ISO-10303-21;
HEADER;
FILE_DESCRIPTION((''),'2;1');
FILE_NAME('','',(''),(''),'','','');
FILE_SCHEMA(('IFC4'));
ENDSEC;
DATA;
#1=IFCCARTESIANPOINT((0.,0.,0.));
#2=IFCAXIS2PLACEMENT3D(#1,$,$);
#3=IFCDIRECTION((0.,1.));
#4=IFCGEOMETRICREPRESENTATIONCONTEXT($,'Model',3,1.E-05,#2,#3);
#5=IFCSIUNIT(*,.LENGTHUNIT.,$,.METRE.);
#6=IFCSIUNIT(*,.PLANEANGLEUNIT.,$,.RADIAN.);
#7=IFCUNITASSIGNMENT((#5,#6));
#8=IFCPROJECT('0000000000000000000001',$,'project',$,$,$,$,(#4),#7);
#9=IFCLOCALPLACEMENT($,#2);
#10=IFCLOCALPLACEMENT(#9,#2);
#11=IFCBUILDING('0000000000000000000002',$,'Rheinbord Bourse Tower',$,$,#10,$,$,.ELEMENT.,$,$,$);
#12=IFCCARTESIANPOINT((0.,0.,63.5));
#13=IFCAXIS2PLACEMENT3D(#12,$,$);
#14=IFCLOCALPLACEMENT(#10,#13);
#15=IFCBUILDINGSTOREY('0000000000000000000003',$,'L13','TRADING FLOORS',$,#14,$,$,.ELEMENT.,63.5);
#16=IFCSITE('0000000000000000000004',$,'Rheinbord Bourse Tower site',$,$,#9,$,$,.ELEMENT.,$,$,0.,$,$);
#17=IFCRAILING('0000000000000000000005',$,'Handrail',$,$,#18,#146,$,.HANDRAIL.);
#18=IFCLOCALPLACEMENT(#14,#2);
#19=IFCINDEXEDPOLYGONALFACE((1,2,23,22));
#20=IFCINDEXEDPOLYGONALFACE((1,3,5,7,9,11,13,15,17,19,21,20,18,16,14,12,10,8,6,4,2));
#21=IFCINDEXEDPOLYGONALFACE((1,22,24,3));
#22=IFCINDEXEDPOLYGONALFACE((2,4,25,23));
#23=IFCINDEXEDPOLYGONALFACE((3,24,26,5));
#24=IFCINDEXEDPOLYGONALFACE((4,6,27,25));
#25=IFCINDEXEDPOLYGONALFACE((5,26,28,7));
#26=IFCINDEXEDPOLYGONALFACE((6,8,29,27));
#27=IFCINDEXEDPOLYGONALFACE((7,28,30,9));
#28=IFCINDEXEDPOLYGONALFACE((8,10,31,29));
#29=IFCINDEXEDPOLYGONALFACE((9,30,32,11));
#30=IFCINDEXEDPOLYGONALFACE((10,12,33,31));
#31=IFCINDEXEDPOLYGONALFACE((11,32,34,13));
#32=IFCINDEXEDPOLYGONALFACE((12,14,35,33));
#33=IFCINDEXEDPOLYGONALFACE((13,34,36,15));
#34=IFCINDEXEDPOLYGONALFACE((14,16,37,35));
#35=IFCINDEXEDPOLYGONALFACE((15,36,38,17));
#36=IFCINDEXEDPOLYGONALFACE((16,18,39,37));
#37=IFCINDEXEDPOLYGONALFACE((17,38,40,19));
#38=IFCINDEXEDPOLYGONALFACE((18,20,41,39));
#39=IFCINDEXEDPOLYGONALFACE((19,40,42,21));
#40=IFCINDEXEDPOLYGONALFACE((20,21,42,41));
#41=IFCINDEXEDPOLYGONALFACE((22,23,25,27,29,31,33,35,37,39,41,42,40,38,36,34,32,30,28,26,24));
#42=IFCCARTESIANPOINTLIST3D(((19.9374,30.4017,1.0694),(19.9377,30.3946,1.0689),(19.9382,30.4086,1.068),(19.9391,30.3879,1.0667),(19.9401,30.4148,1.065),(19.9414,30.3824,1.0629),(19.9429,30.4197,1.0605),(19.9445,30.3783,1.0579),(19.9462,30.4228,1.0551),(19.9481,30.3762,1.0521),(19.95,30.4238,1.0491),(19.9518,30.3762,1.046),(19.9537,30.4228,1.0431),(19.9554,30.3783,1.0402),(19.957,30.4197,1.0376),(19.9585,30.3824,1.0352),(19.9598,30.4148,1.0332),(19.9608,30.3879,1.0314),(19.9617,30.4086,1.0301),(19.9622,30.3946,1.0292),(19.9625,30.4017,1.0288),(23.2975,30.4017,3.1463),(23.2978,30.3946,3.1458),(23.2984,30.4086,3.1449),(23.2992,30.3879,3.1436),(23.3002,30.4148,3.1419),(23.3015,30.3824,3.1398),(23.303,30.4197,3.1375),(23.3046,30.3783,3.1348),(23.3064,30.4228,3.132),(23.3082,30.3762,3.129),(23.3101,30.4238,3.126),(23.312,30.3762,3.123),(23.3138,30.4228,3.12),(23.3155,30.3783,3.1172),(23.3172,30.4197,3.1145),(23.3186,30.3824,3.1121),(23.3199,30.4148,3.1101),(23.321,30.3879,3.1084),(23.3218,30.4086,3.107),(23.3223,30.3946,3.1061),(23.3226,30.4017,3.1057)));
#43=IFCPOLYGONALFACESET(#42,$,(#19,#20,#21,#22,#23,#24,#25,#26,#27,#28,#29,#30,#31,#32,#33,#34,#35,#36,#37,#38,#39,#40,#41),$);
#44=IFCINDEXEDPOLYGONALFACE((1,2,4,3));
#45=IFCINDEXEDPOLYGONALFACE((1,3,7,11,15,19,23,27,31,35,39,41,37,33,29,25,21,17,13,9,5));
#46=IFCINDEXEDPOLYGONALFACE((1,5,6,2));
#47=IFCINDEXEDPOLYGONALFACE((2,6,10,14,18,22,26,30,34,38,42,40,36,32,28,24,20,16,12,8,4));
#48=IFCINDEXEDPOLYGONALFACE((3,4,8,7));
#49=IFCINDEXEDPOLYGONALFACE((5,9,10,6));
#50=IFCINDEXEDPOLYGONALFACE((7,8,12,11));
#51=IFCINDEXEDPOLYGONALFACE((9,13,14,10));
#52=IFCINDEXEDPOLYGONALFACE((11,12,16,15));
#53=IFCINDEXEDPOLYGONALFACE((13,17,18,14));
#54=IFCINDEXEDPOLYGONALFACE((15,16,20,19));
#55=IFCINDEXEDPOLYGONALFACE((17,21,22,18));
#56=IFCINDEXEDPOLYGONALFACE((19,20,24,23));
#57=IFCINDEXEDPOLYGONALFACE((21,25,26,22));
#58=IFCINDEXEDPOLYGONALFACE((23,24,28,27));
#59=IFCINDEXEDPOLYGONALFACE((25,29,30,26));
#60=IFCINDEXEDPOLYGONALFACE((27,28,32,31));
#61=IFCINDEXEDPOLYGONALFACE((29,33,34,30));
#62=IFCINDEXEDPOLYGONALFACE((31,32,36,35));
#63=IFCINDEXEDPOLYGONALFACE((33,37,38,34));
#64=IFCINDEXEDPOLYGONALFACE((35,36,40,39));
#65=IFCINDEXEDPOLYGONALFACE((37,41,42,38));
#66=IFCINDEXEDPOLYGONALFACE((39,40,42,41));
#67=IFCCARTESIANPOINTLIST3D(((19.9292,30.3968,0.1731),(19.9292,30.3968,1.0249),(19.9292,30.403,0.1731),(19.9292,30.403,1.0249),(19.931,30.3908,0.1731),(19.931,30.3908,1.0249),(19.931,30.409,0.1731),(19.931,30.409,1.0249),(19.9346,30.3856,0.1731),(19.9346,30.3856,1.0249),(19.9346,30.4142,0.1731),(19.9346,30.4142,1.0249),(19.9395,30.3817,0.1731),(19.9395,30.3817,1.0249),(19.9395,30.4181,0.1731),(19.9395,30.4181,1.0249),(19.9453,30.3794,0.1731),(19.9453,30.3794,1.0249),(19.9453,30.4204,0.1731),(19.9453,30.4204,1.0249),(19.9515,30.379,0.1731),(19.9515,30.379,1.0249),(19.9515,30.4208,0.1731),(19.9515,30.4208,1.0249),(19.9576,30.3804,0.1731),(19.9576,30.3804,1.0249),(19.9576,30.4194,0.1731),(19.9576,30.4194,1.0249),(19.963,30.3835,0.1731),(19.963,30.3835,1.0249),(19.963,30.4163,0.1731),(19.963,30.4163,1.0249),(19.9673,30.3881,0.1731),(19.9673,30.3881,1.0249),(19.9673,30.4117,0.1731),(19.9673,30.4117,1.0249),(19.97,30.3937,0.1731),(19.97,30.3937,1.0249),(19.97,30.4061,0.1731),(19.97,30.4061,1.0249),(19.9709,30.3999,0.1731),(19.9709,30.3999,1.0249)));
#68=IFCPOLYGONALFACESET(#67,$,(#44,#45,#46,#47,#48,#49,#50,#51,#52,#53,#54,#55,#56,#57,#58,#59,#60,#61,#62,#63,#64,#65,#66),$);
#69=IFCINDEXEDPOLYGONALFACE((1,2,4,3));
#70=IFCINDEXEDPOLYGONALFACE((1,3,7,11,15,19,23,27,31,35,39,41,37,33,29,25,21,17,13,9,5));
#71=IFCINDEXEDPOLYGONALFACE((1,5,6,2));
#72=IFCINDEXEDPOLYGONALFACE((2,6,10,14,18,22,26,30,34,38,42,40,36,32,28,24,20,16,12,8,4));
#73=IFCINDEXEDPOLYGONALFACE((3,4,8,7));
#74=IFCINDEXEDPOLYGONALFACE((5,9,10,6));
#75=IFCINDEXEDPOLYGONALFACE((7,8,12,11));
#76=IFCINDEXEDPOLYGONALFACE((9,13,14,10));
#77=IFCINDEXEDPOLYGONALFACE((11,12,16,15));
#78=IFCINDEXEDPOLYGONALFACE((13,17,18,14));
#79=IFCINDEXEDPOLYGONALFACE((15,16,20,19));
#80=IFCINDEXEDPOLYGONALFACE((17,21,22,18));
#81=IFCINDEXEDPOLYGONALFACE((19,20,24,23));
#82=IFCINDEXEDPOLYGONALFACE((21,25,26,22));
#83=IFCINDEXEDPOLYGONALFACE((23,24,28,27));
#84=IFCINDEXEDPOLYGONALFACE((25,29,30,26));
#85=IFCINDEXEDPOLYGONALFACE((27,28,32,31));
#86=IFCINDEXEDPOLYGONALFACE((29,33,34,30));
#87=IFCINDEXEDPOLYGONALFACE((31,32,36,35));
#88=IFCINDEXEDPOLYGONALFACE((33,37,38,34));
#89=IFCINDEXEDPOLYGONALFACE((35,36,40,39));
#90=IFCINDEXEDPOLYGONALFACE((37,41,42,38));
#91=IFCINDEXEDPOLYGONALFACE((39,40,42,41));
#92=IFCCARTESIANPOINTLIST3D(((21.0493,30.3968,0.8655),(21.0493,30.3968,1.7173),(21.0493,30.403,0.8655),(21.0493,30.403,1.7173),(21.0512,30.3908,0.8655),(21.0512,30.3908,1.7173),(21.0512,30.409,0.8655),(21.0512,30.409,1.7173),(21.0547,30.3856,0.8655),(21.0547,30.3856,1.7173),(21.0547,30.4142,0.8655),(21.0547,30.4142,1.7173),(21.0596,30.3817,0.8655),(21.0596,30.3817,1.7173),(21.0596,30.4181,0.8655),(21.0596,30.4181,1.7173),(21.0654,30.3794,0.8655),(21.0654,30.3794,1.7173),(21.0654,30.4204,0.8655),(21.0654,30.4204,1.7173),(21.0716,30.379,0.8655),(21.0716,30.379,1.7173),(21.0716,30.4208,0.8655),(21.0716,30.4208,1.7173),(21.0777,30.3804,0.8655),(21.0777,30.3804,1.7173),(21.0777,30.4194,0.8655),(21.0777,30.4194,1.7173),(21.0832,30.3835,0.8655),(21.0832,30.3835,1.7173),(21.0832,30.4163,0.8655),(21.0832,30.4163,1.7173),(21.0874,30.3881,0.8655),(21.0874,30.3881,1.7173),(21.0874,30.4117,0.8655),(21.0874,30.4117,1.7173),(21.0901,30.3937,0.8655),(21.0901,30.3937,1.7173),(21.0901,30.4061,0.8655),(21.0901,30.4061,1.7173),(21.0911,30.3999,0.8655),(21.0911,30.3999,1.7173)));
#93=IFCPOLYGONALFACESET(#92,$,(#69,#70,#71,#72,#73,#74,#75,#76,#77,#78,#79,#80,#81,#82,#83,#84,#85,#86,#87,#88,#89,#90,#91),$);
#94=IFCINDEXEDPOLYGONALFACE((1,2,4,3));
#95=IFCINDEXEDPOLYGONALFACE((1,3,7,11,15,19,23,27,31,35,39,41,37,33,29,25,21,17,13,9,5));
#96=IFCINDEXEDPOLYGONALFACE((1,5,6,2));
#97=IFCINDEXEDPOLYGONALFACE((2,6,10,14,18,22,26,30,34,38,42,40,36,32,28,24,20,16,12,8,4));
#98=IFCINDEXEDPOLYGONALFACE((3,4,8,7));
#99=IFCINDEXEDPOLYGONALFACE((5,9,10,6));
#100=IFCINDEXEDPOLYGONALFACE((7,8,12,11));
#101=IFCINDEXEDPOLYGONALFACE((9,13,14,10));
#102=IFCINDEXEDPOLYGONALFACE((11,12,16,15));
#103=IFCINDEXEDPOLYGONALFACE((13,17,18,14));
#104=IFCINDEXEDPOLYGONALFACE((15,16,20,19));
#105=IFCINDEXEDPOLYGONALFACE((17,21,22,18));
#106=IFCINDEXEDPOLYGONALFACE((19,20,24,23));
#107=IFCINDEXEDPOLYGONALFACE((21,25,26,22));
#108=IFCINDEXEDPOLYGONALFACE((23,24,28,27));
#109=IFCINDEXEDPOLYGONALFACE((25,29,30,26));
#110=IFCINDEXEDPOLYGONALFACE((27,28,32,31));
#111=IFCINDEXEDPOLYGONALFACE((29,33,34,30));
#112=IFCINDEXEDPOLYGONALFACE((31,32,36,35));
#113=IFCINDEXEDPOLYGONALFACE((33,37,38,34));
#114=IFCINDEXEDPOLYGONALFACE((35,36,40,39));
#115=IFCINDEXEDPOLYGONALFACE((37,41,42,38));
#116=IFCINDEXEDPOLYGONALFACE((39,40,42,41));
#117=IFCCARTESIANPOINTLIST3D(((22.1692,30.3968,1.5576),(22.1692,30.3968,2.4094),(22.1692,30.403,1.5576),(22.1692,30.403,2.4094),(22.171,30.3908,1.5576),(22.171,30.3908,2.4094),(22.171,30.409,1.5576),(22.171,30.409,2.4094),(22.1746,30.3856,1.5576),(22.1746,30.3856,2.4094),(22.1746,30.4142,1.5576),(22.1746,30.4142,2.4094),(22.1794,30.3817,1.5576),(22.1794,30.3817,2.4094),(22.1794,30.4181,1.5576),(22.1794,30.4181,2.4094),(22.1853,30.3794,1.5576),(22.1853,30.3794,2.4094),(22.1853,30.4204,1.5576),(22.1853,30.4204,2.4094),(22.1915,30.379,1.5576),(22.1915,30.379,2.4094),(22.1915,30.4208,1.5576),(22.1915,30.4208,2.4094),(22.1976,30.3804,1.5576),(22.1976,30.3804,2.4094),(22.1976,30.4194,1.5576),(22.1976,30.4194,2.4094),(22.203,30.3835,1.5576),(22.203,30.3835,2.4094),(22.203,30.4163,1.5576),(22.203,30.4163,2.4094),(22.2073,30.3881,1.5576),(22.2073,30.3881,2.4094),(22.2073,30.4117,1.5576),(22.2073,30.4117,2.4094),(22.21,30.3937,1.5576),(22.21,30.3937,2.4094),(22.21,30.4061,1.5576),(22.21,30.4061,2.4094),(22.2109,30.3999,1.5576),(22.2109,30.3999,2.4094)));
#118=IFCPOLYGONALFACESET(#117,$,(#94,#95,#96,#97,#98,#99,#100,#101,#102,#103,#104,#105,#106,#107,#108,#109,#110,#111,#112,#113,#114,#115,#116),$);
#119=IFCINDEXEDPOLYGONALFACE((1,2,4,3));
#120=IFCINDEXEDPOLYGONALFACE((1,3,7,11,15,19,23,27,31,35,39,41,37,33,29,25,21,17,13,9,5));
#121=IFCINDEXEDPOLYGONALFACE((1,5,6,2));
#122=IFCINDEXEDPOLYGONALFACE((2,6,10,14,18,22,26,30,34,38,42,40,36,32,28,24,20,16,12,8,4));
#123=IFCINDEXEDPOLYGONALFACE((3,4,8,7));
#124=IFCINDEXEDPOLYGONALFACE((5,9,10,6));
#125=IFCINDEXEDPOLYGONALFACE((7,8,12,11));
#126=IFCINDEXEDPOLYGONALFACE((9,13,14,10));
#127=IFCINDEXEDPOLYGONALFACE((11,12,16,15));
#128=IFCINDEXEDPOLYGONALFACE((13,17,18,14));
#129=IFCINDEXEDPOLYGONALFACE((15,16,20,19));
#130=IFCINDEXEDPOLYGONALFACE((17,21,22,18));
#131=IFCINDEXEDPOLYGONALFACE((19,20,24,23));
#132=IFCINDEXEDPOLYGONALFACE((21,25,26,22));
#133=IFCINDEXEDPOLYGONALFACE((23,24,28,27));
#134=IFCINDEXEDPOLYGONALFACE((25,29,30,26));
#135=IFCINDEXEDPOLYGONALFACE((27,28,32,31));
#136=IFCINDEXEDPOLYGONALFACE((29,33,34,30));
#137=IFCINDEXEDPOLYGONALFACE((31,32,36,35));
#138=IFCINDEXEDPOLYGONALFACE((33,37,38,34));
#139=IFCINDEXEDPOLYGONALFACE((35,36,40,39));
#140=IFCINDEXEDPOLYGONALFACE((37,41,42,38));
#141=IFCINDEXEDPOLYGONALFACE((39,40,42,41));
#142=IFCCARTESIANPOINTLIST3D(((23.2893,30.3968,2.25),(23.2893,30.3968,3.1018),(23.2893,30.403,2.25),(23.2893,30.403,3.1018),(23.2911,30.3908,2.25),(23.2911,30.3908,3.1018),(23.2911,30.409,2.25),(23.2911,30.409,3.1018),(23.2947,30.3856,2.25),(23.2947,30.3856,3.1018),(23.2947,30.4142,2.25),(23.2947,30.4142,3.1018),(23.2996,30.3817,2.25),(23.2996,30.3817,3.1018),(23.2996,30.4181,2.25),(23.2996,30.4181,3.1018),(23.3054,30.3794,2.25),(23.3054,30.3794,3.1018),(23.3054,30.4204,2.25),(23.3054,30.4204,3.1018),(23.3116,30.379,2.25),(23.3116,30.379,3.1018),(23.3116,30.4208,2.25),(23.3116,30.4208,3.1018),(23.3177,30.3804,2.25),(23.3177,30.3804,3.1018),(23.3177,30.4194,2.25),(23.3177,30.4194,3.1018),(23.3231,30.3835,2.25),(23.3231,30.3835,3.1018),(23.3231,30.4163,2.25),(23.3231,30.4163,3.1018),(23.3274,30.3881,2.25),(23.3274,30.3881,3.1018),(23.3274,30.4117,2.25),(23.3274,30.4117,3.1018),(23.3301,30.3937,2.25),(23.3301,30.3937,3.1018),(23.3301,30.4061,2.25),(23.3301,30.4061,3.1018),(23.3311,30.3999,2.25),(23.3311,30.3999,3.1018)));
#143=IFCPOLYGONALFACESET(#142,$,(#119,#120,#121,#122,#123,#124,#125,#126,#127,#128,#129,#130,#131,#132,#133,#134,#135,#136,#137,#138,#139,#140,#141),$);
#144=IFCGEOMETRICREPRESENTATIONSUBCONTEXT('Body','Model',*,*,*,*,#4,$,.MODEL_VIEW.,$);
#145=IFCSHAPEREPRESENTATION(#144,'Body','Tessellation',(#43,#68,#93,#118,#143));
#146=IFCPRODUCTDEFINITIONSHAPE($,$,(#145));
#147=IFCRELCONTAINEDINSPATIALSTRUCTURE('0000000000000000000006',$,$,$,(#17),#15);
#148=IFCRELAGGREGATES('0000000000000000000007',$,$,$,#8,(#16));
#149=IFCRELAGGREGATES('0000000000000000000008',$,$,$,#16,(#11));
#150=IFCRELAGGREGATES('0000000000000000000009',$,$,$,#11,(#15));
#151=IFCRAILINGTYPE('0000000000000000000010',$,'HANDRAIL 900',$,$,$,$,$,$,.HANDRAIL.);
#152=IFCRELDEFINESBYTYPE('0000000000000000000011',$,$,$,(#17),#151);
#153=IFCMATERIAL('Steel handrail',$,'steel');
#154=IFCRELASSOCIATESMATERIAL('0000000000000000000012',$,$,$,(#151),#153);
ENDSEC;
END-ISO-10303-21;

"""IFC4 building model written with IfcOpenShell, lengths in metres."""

from ifc_helpers import new_model, si_unit, direction, frame, origin, origin_2d, place, context, subcontext, project, spatial, circle, extrude, material, type_object, element, save


model = new_model("IFC4")

# Units and contexts
model_context = context("Model", 3, precision=1e-05, world=origin(), true_north=direction((0.0, 1.0)))
body_context = subcontext(model_context, "Body", "Model", "MODEL_VIEW")
ifc_project = project(units=[si_unit("LENGTHUNIT", "METRE"), si_unit("PLANEANGLEUNIT", "RADIAN")], contexts=[model_context])

# Site, building, storey
site_placement = place(None, origin())
site = spatial("IfcSite", under=ifc_project, at=site_placement, Name="Rheinbord Bourse Tower site", CompositionType="ELEMENT", RefElevation=0.0)
building_placement = place(site_placement, origin())
building = spatial("IfcBuilding", under=site, at=building_placement, Name="Rheinbord Bourse Tower", CompositionType="ELEMENT")
storey_placement = place(building_placement, frame((0.0, 0.0, 63.5)))
storey = spatial("IfcBuildingStorey", under=building, at=storey_placement, Name="L13", Description="TRADING FLOORS", CompositionType="ELEMENT", Elevation=63.5)

# Railing
ifc_material_1 = material(Name="Steel handrail", Category="steel")
railing_type = type_object("IfcRailingType", Name="HANDRAIL 900", PredefinedType="HANDRAIL", material=ifc_material_1)
railing_1_placement = place(storey_placement, frame((19.95, 30.3999, 0.1731)))
element("IfcRailing", 1, at=railing_1_placement, inside=storey, type_object=railing_type, Name="Handrail", PredefinedType="HANDRAIL", context=body_context, shape_type="SweptSolid", body=[
    extrude(circle(Radius=0.0239, at=origin_2d()), frame((0.0, 0.0, 0.876), z_axis=(0.850623, 0.0, 0.525776), x_axis=(0.0, 1.0, 0.0)), (0.0, 0.0, 1.0), 3.9502),
    extrude(circle(Radius=0.021, at=origin_2d()), origin(), (0.0, 0.0, 1.0), 0.8518),
    extrude(circle(Radius=0.021, at=origin_2d()), frame((1.1201, 0.0, 0.6924)), (0.0, 0.0, 1.0), 0.8518),
    extrude(circle(Radius=0.021, at=origin_2d()), frame((2.24, 0.0, 1.3845)), (0.0, 0.0, 1.0), 0.8518),
    extrude(circle(Radius=0.021, at=origin_2d()), frame((3.3601, 0.0, 2.0769)), (0.0, 0.0, 1.0), 0.8518),
])

save(model, "model.ifc")
